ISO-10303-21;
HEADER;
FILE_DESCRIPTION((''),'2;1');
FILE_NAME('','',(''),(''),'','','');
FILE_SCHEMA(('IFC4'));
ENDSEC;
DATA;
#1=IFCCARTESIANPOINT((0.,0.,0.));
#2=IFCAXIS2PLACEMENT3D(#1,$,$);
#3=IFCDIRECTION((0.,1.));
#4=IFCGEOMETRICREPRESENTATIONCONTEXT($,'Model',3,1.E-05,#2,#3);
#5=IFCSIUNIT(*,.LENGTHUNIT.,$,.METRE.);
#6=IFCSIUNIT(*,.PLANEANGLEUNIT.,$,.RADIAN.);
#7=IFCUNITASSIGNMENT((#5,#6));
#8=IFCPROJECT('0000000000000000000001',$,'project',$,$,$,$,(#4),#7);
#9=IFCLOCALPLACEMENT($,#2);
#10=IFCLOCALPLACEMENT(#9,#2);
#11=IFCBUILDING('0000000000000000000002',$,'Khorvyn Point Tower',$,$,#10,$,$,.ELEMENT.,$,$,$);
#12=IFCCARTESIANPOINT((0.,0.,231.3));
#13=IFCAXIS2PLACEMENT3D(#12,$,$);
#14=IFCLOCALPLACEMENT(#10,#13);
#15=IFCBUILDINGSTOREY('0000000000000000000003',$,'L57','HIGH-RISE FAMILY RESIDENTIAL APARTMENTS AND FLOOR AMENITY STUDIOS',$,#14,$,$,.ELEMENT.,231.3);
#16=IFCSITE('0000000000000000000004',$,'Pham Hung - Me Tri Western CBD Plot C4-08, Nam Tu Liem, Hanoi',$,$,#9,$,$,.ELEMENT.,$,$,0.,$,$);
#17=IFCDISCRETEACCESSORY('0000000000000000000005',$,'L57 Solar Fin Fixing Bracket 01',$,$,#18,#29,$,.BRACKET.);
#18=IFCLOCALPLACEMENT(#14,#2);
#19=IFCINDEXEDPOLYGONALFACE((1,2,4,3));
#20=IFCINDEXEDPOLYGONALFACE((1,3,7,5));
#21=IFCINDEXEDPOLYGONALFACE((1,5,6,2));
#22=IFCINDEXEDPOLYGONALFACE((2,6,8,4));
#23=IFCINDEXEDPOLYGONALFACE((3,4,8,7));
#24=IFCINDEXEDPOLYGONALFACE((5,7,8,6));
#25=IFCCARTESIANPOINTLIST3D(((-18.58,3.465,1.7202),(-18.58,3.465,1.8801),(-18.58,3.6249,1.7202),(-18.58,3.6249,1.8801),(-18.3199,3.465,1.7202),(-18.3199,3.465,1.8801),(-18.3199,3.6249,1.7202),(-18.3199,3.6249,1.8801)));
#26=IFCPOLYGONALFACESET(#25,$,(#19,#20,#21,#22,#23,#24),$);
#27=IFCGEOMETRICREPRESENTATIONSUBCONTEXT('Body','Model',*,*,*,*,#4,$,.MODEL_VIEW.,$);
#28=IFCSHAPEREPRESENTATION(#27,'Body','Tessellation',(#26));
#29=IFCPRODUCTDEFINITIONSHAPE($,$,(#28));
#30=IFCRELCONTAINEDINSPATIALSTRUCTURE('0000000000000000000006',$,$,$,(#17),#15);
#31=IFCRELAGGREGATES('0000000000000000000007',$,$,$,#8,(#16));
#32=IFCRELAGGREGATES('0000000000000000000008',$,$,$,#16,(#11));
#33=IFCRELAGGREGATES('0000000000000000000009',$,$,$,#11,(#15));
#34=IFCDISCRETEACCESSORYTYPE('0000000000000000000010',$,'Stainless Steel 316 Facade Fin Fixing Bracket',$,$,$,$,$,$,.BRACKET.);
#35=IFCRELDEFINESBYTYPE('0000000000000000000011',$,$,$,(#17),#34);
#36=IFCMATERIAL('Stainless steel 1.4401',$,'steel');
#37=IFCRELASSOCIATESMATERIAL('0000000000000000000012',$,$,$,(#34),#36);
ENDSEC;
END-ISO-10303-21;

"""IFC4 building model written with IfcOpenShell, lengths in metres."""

from ifc_helpers import new_model, si_unit, direction, frame, origin, origin_2d, place, context, subcontext, project, spatial, rectangle, extrude, material, type_object, element, save


model = new_model("IFC4")

# Units and contexts
model_context = context("Model", 3, precision=1e-05, world=origin(), true_north=direction((0.0, 1.0)))
body_context = subcontext(model_context, "Body", "Model", "MODEL_VIEW")
ifc_project = project(units=[si_unit("LENGTHUNIT", "METRE"), si_unit("PLANEANGLEUNIT", "RADIAN")], contexts=[model_context])

# Site, building, storey
site_placement = place(None, origin())
site = spatial("IfcSite", under=ifc_project, at=site_placement, Name="Pham Hung - Me Tri Western CBD Plot C4-08, Nam Tu Liem, Hanoi", CompositionType="ELEMENT", RefElevation=0.0)
building_placement = place(site_placement, origin())
building = spatial("IfcBuilding", under=site, at=building_placement, Name="Khorvyn Point Tower", CompositionType="ELEMENT")
storey_placement = place(building_placement, frame((0.0, 0.0, 231.3)))
storey = spatial("IfcBuildingStorey", under=building, at=storey_placement, Name="L57", Description="HIGH-RISE FAMILY RESIDENTIAL APARTMENTS AND FLOOR AMENITY STUDIOS", CompositionType="ELEMENT", Elevation=231.3)

# Discrete accessory
ifc_material_1 = material(Name="Stainless steel 1.4401", Category="steel")
discrete_accessory_type = type_object("IfcDiscreteAccessoryType", Name="Stainless Steel 316 Facade Fin Fixing Bracket", PredefinedType="BRACKET", material=ifc_material_1)
discrete_accessory_placement = place(storey_placement, frame((-18.45, 3.5449, 1.7202), z_axis=(0.0, 0.0, 1.0), x_axis=(0.0, 1.0, 0.0)))
element("IfcDiscreteAccessory", 1, at=discrete_accessory_placement, inside=storey, type_object=discrete_accessory_type, Name="L57 Solar Fin Fixing Bracket 01", PredefinedType="BRACKET", context=body_context, shape_type="SweptSolid", body=[
    extrude(rectangle(XDim=0.1599, YDim=0.26, at=origin_2d()), origin(), (0.0, 0.0, 1.0), 0.1599),
])

save(model, "model.ifc")
